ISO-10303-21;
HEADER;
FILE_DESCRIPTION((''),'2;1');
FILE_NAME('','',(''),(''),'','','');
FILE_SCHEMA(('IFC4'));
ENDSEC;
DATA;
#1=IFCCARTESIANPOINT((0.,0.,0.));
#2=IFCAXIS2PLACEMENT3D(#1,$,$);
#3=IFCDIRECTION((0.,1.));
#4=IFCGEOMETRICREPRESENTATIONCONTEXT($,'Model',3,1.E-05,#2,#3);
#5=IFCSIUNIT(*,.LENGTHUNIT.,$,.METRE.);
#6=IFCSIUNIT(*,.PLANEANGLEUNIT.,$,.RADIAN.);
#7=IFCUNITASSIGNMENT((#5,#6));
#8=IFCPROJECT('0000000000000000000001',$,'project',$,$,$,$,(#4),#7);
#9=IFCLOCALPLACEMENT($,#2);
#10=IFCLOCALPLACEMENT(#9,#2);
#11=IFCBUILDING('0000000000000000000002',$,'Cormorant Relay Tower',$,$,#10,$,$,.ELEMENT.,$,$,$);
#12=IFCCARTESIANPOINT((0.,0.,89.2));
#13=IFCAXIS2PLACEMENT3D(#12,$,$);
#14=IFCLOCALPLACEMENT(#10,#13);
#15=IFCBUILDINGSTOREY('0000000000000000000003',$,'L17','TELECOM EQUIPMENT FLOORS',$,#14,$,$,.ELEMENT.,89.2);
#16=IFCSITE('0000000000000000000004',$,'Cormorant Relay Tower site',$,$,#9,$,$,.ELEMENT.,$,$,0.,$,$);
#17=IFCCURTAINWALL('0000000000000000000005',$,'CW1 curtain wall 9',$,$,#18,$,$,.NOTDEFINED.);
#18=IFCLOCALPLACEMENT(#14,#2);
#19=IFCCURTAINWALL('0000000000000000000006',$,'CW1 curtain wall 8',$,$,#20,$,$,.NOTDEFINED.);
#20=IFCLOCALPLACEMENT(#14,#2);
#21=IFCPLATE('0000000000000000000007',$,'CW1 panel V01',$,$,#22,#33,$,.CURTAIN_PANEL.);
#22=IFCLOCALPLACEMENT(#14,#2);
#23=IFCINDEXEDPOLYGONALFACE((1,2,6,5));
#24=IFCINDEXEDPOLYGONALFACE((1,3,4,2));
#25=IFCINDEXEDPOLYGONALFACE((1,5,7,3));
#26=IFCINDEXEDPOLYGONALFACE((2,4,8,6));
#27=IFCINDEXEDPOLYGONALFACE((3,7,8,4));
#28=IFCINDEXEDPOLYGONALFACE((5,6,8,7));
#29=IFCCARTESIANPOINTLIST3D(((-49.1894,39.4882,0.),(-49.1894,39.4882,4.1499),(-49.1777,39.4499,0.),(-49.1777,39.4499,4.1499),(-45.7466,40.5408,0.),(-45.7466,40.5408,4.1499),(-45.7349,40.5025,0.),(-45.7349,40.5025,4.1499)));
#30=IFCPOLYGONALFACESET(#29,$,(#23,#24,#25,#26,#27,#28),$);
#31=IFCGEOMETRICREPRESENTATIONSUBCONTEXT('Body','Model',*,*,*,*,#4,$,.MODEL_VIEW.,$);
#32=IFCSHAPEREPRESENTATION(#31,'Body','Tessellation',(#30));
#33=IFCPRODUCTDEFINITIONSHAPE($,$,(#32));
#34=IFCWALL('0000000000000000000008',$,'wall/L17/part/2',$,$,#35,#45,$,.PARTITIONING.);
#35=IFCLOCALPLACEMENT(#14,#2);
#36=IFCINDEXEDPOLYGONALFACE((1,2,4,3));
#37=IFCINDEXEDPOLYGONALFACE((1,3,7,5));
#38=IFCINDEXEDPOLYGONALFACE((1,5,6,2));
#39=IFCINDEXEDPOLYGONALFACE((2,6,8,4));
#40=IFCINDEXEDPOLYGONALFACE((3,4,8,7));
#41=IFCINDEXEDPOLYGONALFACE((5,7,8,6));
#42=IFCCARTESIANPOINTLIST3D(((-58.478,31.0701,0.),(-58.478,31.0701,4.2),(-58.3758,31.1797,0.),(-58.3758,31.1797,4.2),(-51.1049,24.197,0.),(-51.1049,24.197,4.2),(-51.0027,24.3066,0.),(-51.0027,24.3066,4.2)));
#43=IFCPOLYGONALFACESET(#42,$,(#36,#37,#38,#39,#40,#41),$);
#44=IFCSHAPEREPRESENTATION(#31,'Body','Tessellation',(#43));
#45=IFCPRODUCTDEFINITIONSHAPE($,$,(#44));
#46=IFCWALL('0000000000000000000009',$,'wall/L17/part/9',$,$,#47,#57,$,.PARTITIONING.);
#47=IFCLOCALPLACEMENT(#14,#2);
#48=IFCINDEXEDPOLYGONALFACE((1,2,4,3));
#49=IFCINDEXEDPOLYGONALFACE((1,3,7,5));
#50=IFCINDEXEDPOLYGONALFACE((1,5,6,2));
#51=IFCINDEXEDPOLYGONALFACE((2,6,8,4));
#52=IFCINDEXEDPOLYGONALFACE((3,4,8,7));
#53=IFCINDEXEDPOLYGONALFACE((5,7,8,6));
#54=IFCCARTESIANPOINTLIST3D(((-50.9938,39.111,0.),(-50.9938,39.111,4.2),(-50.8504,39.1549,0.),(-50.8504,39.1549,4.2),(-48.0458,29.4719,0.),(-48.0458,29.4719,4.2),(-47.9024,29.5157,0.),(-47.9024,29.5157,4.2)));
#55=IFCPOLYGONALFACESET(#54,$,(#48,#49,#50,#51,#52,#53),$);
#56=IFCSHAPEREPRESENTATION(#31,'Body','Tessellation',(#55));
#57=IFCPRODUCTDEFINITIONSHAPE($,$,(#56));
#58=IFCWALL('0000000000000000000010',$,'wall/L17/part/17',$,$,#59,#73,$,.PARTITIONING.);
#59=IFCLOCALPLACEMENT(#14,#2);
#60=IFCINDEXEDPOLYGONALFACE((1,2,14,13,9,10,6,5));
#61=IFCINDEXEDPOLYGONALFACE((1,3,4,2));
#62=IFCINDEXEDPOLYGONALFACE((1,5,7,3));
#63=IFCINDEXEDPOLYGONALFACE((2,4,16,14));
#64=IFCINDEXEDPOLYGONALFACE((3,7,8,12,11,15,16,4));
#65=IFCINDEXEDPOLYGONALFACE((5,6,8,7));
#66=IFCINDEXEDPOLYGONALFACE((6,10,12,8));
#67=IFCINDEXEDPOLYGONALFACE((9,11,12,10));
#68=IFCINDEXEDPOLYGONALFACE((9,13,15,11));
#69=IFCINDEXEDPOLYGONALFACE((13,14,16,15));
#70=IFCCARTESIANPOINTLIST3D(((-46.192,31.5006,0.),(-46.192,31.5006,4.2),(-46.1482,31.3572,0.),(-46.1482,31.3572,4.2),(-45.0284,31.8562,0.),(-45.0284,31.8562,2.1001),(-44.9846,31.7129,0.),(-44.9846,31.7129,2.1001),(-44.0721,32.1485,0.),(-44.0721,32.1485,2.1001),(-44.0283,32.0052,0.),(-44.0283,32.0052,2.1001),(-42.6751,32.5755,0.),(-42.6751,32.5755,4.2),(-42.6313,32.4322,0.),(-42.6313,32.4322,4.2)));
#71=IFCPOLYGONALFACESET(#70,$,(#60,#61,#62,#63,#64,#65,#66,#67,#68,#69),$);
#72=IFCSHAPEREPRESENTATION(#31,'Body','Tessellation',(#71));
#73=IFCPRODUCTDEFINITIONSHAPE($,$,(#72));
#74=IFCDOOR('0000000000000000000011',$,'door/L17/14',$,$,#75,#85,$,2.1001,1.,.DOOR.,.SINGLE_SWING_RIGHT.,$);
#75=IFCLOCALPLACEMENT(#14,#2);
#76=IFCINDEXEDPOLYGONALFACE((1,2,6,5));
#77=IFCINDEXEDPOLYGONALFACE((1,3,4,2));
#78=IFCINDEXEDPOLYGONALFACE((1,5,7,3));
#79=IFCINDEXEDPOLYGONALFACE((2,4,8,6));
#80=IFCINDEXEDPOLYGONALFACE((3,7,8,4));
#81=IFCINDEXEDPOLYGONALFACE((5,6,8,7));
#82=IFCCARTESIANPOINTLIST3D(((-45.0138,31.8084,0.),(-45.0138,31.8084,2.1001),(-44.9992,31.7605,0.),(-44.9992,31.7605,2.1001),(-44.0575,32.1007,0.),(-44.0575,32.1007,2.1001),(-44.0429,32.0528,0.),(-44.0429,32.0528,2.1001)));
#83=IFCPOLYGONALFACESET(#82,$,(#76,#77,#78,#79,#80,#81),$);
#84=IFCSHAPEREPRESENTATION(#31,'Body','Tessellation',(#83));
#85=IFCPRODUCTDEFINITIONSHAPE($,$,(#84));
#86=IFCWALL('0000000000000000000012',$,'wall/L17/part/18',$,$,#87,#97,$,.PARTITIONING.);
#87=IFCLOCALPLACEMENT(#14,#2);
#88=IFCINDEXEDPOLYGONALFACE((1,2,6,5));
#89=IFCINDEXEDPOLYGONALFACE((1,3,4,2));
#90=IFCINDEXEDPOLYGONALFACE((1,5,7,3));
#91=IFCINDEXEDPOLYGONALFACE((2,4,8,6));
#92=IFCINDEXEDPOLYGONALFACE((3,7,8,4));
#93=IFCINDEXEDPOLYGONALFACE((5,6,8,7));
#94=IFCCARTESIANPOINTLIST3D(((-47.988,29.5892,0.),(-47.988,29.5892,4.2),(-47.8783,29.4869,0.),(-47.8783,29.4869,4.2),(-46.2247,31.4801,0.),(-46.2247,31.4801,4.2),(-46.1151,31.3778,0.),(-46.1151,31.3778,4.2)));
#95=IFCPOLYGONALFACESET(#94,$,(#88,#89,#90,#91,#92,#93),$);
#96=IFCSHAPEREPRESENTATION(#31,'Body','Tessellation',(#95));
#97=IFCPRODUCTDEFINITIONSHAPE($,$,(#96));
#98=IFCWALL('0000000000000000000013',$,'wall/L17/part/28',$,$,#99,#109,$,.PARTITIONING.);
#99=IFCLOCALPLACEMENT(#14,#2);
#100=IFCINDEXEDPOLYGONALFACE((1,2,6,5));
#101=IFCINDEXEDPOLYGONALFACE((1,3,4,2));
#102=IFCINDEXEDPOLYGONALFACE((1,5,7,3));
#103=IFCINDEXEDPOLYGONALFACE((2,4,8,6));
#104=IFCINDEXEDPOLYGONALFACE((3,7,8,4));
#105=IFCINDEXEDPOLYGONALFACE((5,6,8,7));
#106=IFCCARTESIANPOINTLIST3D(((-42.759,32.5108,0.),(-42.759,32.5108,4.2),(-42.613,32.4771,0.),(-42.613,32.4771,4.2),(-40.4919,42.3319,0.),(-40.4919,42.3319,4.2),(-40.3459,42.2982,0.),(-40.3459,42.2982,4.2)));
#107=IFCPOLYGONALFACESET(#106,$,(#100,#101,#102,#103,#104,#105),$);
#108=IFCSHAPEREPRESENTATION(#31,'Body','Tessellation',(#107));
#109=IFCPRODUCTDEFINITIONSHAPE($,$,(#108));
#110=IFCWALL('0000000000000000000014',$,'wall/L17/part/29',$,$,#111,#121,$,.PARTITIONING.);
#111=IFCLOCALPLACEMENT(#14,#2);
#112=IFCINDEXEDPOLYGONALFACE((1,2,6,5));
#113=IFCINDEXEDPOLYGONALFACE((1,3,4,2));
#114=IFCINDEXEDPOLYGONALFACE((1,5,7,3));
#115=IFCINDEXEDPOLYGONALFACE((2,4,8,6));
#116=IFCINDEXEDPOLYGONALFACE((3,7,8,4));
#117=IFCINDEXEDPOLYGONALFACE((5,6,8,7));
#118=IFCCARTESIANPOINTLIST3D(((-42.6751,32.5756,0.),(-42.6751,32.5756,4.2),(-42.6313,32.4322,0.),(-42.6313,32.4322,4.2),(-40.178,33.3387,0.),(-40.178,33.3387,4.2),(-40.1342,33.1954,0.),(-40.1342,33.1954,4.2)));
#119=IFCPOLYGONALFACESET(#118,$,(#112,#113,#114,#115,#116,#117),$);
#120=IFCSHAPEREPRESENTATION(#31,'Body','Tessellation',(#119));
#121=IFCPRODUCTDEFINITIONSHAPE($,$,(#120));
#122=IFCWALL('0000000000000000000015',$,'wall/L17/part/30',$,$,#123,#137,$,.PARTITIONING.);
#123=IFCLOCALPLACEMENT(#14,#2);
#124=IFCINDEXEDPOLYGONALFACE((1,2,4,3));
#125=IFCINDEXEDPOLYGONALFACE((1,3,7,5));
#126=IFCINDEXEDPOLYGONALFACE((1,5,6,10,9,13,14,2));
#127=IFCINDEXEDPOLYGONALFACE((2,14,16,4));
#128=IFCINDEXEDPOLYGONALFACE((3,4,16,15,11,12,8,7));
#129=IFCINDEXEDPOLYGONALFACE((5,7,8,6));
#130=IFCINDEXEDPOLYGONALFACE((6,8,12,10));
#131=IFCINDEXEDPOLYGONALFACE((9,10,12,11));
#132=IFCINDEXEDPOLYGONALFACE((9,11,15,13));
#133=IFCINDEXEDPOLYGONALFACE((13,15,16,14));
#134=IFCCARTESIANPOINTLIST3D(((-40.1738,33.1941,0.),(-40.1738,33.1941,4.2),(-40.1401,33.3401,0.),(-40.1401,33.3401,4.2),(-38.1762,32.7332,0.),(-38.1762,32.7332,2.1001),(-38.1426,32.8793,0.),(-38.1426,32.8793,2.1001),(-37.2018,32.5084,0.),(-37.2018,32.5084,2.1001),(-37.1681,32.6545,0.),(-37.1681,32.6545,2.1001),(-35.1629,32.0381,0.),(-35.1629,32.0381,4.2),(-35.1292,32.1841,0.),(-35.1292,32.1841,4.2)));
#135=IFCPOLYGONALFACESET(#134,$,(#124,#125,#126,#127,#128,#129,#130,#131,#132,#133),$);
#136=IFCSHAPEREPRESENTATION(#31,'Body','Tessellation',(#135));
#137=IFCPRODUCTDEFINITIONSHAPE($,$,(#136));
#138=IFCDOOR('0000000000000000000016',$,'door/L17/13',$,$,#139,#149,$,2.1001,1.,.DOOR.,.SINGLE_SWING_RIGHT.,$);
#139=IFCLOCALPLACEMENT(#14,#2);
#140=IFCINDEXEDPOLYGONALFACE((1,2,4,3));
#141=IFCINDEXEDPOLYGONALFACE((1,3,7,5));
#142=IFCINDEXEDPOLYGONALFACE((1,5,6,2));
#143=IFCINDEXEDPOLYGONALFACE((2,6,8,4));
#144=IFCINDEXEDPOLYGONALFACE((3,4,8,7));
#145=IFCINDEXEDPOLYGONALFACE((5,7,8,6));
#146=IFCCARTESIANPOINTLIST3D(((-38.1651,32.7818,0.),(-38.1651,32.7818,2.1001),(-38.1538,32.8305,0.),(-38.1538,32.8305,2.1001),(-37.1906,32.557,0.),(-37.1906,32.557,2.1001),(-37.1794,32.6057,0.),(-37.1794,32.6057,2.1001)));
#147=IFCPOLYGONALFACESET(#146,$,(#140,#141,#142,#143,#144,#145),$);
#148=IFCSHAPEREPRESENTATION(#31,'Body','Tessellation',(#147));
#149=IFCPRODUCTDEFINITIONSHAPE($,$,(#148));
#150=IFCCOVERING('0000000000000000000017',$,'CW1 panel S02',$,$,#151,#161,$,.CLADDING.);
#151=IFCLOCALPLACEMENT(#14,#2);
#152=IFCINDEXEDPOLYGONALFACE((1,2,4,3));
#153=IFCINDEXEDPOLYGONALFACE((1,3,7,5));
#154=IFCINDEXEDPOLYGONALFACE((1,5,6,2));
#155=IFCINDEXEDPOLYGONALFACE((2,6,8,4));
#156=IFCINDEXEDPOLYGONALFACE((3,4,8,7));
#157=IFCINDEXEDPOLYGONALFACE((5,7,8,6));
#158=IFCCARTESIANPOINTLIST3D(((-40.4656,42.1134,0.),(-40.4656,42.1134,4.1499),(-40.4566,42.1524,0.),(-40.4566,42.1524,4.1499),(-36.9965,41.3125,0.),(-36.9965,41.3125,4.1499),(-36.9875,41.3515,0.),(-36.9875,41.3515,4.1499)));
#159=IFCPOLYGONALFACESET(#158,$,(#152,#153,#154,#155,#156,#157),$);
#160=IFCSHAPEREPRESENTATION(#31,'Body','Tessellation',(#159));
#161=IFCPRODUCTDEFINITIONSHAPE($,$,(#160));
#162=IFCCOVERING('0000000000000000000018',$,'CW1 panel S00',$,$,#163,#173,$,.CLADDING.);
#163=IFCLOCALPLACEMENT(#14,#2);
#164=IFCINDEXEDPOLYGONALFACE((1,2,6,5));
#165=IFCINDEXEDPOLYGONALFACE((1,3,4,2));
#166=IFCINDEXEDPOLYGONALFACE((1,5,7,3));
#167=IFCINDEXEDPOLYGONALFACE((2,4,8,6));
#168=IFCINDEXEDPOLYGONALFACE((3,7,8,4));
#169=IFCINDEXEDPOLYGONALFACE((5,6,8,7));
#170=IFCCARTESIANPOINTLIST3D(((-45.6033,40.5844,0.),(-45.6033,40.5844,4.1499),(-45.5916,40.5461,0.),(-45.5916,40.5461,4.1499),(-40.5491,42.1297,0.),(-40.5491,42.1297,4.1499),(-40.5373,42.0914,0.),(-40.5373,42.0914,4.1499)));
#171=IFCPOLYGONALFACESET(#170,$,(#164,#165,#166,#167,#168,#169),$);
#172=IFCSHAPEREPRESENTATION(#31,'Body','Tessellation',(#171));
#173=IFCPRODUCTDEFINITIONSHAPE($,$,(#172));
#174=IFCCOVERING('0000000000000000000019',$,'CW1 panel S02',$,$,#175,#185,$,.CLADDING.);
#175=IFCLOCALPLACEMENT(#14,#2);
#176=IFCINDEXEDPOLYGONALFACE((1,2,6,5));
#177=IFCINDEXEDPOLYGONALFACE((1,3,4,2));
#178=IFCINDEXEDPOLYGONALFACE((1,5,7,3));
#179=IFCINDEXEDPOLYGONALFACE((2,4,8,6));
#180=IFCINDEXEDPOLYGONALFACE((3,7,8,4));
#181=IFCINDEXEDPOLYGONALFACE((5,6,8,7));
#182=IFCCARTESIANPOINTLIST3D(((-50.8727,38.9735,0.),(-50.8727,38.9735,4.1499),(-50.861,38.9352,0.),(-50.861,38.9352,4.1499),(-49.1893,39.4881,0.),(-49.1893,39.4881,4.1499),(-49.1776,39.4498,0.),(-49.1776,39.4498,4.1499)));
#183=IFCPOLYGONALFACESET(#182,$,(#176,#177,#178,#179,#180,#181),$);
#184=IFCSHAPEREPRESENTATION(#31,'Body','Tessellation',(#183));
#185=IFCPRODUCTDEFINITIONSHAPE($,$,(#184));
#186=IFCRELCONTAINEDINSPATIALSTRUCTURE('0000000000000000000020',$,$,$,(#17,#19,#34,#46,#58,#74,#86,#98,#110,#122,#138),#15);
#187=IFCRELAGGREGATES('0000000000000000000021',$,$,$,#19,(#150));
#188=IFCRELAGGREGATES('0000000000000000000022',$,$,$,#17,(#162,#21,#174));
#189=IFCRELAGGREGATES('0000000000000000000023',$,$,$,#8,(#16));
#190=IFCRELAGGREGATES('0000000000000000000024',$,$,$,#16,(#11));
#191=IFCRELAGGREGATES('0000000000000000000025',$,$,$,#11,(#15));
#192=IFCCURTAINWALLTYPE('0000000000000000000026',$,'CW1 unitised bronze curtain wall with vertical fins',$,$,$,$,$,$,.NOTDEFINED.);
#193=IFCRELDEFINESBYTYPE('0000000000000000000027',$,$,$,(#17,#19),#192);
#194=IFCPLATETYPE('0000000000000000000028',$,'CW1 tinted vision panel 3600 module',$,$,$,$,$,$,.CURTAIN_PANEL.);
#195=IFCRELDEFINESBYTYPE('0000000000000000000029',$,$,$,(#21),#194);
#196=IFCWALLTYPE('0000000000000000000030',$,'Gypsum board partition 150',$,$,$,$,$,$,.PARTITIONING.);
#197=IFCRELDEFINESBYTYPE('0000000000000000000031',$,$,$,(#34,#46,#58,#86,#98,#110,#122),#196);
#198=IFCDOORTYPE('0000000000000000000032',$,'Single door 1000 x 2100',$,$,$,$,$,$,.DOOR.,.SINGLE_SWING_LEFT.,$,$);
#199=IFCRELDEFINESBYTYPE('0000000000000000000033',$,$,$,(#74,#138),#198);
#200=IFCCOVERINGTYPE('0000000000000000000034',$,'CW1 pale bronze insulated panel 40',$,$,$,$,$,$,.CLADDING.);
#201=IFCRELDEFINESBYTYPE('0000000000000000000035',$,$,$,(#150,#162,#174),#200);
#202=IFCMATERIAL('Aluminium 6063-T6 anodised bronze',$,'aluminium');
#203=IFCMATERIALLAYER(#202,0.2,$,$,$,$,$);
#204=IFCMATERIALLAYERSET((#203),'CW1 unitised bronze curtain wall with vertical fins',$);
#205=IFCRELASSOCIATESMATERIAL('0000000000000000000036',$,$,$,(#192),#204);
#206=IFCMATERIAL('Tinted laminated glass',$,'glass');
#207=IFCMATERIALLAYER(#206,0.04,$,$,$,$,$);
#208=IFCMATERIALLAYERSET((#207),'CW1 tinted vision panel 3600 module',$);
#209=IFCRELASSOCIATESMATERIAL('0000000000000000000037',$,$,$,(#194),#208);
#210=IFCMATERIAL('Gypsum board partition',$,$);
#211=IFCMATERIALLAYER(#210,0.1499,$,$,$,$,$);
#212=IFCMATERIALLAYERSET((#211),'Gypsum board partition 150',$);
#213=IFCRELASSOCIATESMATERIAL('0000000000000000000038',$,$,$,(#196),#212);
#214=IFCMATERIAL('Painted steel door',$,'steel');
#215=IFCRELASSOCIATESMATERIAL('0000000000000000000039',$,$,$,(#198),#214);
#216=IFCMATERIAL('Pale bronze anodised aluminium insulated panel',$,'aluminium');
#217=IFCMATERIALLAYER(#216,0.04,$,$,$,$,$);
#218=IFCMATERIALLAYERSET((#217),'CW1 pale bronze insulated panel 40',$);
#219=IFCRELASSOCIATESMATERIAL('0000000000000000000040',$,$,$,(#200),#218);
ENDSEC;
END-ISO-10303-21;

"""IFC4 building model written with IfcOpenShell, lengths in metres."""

from ifc_helpers import new_model, si_unit, direction, frame, frame_2d, origin, origin_2d, place, context, subcontext, project, spatial, rectangle, extrude, material, layer, layer_set, type_object, element, fill, aggregate, save


model = new_model("IFC4")

# Units and contexts
model_context = context("Model", 3, precision=1e-05, world=origin(), true_north=direction((0.0, 1.0)))
body_context = subcontext(model_context, "Body", "Model", "MODEL_VIEW")
ifc_project = project(units=[si_unit("LENGTHUNIT", "METRE"), si_unit("PLANEANGLEUNIT", "RADIAN")], contexts=[model_context])

# Site, building, storey
site_placement = place(None, origin())
site = spatial("IfcSite", under=ifc_project, at=site_placement, Name="Cormorant Relay Tower site", CompositionType="ELEMENT", RefElevation=0.0)
building_placement = place(site_placement, origin())
building = spatial("IfcBuilding", under=site, at=building_placement, Name="Cormorant Relay Tower", CompositionType="ELEMENT")
storey_placement = place(building_placement, frame((0.0, 0.0, 89.2)))
storey = spatial("IfcBuildingStorey", under=building, at=storey_placement, Name="L17", Description="TELECOM EQUIPMENT FLOORS", CompositionType="ELEMENT", Elevation=89.2)

# Curtain wall
ifc_material_1 = material(Name="Aluminium 6063-T6 anodised bronze", Category="aluminium")
ifc_layer_1 = layer(ifc_material_1, 0.2)
ifc_layer_set_1 = layer_set([ifc_layer_1], Name="CW1 unitised bronze curtain wall with vertical fins")
curtain_wall_type = type_object("IfcCurtainWallType", Name="CW1 unitised bronze curtain wall with vertical fins", PredefinedType="NOTDEFINED", material=ifc_layer_set_1)
curtain_wall_1_placement = place(storey_placement, origin())
curtain_wall_1 = element("IfcCurtainWall", 1, at=curtain_wall_1_placement, inside=storey, type_object=curtain_wall_type, Name="CW1 curtain wall 9", PredefinedType="NOTDEFINED")

# Curtain wall
curtain_wall_2_placement = place(storey_placement, origin())
curtain_wall_2 = element("IfcCurtainWall", 2, at=curtain_wall_2_placement, inside=storey, type_object=curtain_wall_type, Name="CW1 curtain wall 8", PredefinedType="NOTDEFINED")

# Plate
ifc_material_2 = material(Name="Tinted laminated glass", Category="glass")
ifc_layer_2 = layer(ifc_material_2, 0.04)
ifc_layer_set_2 = layer_set([ifc_layer_2], Name="CW1 tinted vision panel 3600 module")
plate_type_1 = type_object("IfcPlateType", Name="CW1 tinted vision panel 3600 module", PredefinedType="CURTAIN_PANEL", material=ifc_layer_set_2)
plate_1_placement = place(storey_placement, frame((-47.4622, 39.9954, 0.0), z_axis=(0.0, 0.0, 1.0), x_axis=(-0.956305, -0.292372, 0.0)))
plate_1 = element("IfcPlate", 3, at=plate_1_placement, type_object=plate_type_1, Name="CW1 panel V01", PredefinedType="CURTAIN_PANEL", context=body_context, shape_type="SweptSolid", body=[
    extrude(rectangle(XDim=3.6001, YDim=0.04, at=origin_2d()), origin(), (0.0, 0.0, 1.0), 4.1499),
])

# Walls
ifc_material_3 = material(Name="Gypsum board partition")
ifc_layer_3 = layer(ifc_material_3, 0.1499)
ifc_layer_set_3 = layer_set([ifc_layer_3], Name="Gypsum board partition 150")
wall_type = type_object("IfcWallType", Name="Gypsum board partition 150", PredefinedType="PARTITIONING", material=ifc_layer_set_3)
for number, where, z_axis, x_axis, name in (
    (4, (-58.427, 31.125, 0.0), (0.0, 0.0, 1.0), (0.731474, -0.681869, 0.0), "wall/L17/part/2"),
    (5, (-50.9221, 39.1331, 0.0), (0.0, 0.0, 1.0), (0.292463, -0.956277, 0.0), "wall/L17/part/9"),
):
    element("IfcWall", number, at=place(storey_placement, frame(where, z_axis=z_axis, x_axis=x_axis)), inside=storey, type_object=wall_type, Name=name, PredefinedType="PARTITIONING", context=body_context, shape_type="SweptSolid", body=[
        extrude(rectangle(XDim=10.0798, YDim=0.1499, at=frame_2d((5.04, 0.0))), origin(), (0.0, 0.0, 1.0), 4.2),
    ])

# Wall, opening, door
wall_1_placement = place(storey_placement, frame((-42.6531, 32.5039, 0.0), z_axis=(0.0, 0.0, 1.0), x_axis=(-0.956324, -0.292308, 0.0)))
wall_1 = element("IfcWall", 6, at=wall_1_placement, inside=storey, type_object=wall_type, Name="wall/L17/part/17", PredefinedType="PARTITIONING", context=body_context, shape_type="SweptSolid", body=[
    extrude(rectangle(XDim=3.6775, YDim=0.1499, at=frame_2d((1.8389, 0.0))), origin(), (0.0, 0.0, 1.0), 4.2),
])
opening_1_placement = place(wall_1_placement, frame((1.4609, 0.0, 0.0)))
opening_1 = element("IfcOpeningElement", 7, at=opening_1_placement, cuts=wall_1, PredefinedType="OPENING", context=body_context, shape_type="SweptSolid", body=[
    extrude(rectangle(XDim=1.0, YDim=2.1001, at=frame_2d((0.5, 1.05))), frame((0.0, 0.085, 0.0), z_axis=(0.0, -1.0, 0.0), x_axis=(1.0, 0.0, 0.0)), (0.0, 0.0, 1.0), 0.1699),
])
ifc_material_4 = material(Name="Painted steel door", Category="steel")
door_type = type_object("IfcDoorType", Name="Single door 1000 x 2100", OperationType="SINGLE_SWING_LEFT", PredefinedType="DOOR", material=ifc_material_4)
door_1_placement = place(opening_1_placement, frame((1.0, 0.0, 0.0), z_axis=(0.0, 0.0, 1.0), x_axis=(-1.0, 0.0, 0.0)))
door_1 = element("IfcDoor", 8, at=door_1_placement, inside=storey, type_object=door_type, Name="door/L17/14", OperationType="SINGLE_SWING_RIGHT", OverallHeight=2.1001, OverallWidth=1.0, PredefinedType="DOOR", context=body_context, shape_type="SweptSolid", body=[
    extrude(rectangle(XDim=1.0, YDim=2.1001, at=frame_2d((0.5, 1.05))), frame((0.0, 0.0249, 0.0), z_axis=(0.0, -1.0, 0.0), x_axis=(1.0, 0.0, 0.0)), (0.0, 0.0, 1.0), 0.05),
])
fill(opening_1, door_1)

# Walls
wall_2_placement = place(storey_placement, frame((-46.1699, 31.429, 0.0), z_axis=(0.0, 0.0, 1.0), x_axis=(-0.681982, -0.731369, 0.0)))
element("IfcWall", 9, at=wall_2_placement, inside=storey, type_object=wall_type, Name="wall/L17/part/18", PredefinedType="PARTITIONING", context=body_context, shape_type="SweptSolid", body=[
    extrude(rectangle(XDim=2.5854, YDim=0.1499, at=frame_2d((1.2927, 0.0))), origin(), (0.0, 0.0, 1.0), 4.2),
])
wall_3_placement = place(storey_placement, frame((-40.4189, 42.3149, 0.0), z_axis=(0.0, 0.0, 1.0), x_axis=(-0.224925, -0.974376, 0.0)))
element("IfcWall", 10, at=wall_3_placement, inside=storey, type_object=wall_type, Name="wall/L17/part/28", PredefinedType="PARTITIONING", context=body_context, shape_type="SweptSolid", body=[
    extrude(rectangle(XDim=10.0793, YDim=0.1499, at=frame_2d((5.0396, 0.0))), origin(), (0.0, 0.0, 1.0), 4.2),
])
wall_4_placement = place(storey_placement, frame((-40.156, 33.2671, 0.0), z_axis=(0.0, 0.0, 1.0), x_axis=(-0.956331, -0.292285, 0.0)))
element("IfcWall", 11, at=wall_4_placement, inside=storey, type_object=wall_type, Name="wall/L17/part/29", PredefinedType="PARTITIONING", context=body_context, shape_type="SweptSolid", body=[
    extrude(rectangle(XDim=2.6111, YDim=0.1499, at=frame_2d((1.3057, 0.0))), origin(), (0.0, 0.0, 1.0), 4.2),
])

# Wall, opening, door
wall_5_placement = place(storey_placement, frame((-40.157, 33.2671, 0.0), z_axis=(0.0, 0.0, 1.0), x_axis=(0.974407, -0.22479, 0.0)))
wall_5 = element("IfcWall", 12, at=wall_5_placement, inside=storey, type_object=wall_type, Name="wall/L17/part/30", PredefinedType="PARTITIONING", context=body_context, shape_type="SweptSolid", body=[
    extrude(rectangle(XDim=5.1426, YDim=0.1499, at=frame_2d((2.5713, 0.0))), origin(), (0.0, 0.0, 1.0), 4.2),
])
opening_2_placement = place(wall_5_placement, frame((2.05, 0.0, 0.0)))
opening_2 = element("IfcOpeningElement", 13, at=opening_2_placement, cuts=wall_5, PredefinedType="OPENING", context=body_context, shape_type="SweptSolid", body=[
    extrude(rectangle(XDim=1.0, YDim=2.1001, at=frame_2d((0.5, 1.05))), frame((0.0, 0.085, 0.0), z_axis=(0.0, -1.0, 0.0), x_axis=(1.0, 0.0, 0.0)), (0.0, 0.0, 1.0), 0.1699),
])
door_2_placement = place(opening_2_placement, origin())
door_2 = element("IfcDoor", 14, at=door_2_placement, inside=storey, type_object=door_type, Name="door/L17/13", OperationType="SINGLE_SWING_RIGHT", OverallHeight=2.1001, OverallWidth=1.0, PredefinedType="DOOR", context=body_context, shape_type="SweptSolid", body=[
    extrude(rectangle(XDim=1.0, YDim=2.1001, at=frame_2d((0.5, 1.05))), frame((0.0, 0.0249, 0.0), z_axis=(0.0, -1.0, 0.0), x_axis=(1.0, 0.0, 0.0)), (0.0, 0.0, 1.0), 0.05),
])
fill(opening_2, door_2)

# Coverings
ifc_material_5 = material(Name="Pale bronze anodised aluminium insulated panel", Category="aluminium")
ifc_layer_4 = layer(ifc_material_5, 0.04)
ifc_layer_set_4 = layer_set([ifc_layer_4], Name="CW1 pale bronze insulated panel 40")
covering_type = type_object("IfcCoveringType", Name="CW1 pale bronze insulated panel 40", PredefinedType="CLADDING", material=ifc_layer_set_4)
covering_1_placement = place(storey_placement, frame((-38.7266, 41.7324, 0.0), z_axis=(0.0, 0.0, 1.0), x_axis=(-0.97437, 0.224951, 0.0)))
covering_1 = element("IfcCovering", 15, at=covering_1_placement, type_object=covering_type, Name="CW1 panel S02", PredefinedType="CLADDING", context=body_context, shape_type="SweptSolid", body=[
    extrude(rectangle(XDim=3.5603, YDim=0.04, at=origin_2d()), origin(), (0.0, 0.0, 1.0), 4.1499),
])
aggregate(curtain_wall_2, [covering_1])
covering_2_placement = place(storey_placement, frame((-43.0703, 41.3379, 0.0), z_axis=(0.0, 0.0, 1.0), x_axis=(-0.956305, -0.292372, 0.0)))
covering_2 = element("IfcCovering", 16, at=covering_2_placement, type_object=covering_type, Name="CW1 panel S00", PredefinedType="CLADDING", context=body_context, shape_type="SweptSolid", body=[
    extrude(rectangle(XDim=5.2852, YDim=0.04, at=origin_2d()), origin(), (0.0, 0.0, 1.0), 4.1499),
])
covering_3_placement = place(storey_placement, frame((-50.0251, 39.2117, 0.0), z_axis=(0.0, 0.0, 1.0), x_axis=(-0.956305, -0.292372, 0.0)))
covering_3 = element("IfcCovering", 17, at=covering_3_placement, type_object=covering_type, Name="CW1 panel S02", PredefinedType="CLADDING", context=body_context, shape_type="SweptSolid", body=[
    extrude(rectangle(XDim=1.7603, YDim=0.04, at=origin_2d()), origin(), (0.0, 0.0, 1.0), 4.1499),
])
aggregate(curtain_wall_1, [covering_2, plate_1, covering_3])

save(model, "model.ifc")
